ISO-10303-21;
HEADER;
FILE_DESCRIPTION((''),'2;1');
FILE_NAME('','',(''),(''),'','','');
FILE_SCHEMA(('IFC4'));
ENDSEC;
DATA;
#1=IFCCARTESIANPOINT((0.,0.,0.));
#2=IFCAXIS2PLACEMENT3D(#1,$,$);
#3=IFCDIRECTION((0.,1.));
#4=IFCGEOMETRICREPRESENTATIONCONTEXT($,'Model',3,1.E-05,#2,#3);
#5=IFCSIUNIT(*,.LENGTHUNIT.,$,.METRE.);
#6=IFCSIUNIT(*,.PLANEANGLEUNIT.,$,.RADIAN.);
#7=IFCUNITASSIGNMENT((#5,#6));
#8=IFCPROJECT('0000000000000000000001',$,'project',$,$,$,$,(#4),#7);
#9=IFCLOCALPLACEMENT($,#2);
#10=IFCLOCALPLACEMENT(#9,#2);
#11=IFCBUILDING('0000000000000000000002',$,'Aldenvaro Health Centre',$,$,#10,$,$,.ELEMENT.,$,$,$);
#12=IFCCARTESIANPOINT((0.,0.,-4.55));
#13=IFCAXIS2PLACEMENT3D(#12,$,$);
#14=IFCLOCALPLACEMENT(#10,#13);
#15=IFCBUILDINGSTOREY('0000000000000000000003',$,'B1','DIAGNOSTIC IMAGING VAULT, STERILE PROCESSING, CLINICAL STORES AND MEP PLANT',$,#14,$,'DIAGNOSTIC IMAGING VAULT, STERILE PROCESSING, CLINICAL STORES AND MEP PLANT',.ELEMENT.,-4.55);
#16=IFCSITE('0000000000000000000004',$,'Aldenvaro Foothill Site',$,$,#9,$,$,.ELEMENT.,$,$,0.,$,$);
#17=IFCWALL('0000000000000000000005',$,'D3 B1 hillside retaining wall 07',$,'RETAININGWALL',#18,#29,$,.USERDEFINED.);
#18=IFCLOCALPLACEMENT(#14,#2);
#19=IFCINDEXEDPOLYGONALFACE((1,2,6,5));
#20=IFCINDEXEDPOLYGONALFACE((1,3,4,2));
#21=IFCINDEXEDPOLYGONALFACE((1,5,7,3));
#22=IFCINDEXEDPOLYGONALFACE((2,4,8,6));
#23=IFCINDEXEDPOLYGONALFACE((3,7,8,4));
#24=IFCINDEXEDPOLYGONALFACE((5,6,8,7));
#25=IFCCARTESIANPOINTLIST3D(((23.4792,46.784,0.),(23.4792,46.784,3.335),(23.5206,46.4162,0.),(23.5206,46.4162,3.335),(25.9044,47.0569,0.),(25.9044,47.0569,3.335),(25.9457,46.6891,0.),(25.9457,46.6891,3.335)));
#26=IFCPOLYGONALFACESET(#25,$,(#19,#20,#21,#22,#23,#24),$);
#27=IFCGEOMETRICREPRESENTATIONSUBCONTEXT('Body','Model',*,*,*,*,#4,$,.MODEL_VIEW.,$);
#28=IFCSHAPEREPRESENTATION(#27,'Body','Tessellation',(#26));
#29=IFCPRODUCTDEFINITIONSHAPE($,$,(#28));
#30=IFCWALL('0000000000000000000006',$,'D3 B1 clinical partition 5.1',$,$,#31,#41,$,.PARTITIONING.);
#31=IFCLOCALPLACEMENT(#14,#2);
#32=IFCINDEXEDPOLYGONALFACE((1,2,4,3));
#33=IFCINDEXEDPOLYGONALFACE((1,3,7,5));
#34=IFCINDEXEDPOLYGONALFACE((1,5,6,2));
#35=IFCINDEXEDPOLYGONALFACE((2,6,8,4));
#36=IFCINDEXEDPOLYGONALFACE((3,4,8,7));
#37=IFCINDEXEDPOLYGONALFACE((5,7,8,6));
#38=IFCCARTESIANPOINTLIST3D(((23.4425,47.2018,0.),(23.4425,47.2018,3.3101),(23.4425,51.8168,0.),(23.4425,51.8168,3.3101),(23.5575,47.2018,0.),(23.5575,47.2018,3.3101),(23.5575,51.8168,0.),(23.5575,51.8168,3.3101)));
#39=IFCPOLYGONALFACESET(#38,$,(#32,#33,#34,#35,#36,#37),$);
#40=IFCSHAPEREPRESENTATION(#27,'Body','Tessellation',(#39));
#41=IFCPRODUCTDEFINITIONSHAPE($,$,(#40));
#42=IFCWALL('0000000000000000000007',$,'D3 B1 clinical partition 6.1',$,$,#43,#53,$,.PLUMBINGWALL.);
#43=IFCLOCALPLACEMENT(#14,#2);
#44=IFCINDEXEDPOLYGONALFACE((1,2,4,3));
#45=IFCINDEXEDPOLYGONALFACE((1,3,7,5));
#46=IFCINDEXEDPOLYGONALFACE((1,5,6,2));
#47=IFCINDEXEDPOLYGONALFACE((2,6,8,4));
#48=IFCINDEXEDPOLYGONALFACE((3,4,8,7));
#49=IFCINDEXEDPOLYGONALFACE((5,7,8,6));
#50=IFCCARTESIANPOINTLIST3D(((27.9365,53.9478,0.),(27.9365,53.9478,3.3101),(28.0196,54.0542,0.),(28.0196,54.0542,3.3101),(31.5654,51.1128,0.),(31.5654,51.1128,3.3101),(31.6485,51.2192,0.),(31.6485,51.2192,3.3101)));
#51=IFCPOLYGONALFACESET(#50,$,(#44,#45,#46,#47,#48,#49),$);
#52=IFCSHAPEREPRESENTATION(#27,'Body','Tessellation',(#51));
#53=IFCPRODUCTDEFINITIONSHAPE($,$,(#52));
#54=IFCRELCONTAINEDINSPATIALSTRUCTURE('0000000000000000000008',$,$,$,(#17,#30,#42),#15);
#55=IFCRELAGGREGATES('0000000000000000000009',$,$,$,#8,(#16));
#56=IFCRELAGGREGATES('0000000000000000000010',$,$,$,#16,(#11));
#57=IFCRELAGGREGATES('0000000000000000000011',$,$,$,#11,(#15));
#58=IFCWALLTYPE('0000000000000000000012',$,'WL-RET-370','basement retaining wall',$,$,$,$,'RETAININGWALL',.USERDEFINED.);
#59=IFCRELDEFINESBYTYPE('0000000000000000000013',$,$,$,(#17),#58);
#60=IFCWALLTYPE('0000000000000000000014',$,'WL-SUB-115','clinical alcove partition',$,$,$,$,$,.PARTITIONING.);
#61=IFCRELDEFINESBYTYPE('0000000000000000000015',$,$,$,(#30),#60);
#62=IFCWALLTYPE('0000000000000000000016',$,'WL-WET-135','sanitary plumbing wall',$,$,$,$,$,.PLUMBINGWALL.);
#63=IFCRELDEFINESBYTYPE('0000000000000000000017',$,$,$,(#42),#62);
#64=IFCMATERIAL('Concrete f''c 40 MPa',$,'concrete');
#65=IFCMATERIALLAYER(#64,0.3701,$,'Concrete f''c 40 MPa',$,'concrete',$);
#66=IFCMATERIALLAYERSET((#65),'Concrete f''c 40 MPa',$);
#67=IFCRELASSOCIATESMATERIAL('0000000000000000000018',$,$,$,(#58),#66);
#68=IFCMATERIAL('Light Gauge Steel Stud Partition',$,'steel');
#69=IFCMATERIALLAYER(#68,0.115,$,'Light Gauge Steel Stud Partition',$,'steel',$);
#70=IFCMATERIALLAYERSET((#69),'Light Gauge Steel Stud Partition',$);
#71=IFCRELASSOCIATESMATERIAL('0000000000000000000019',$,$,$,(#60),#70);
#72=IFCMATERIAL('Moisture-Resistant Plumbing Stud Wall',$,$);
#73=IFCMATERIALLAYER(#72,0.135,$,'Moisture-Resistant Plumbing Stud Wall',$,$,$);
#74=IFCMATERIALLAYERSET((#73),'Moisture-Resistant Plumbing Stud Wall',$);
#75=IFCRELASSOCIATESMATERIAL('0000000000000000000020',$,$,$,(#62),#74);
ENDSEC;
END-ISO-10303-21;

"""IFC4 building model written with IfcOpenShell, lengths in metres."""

from ifc_helpers import new_model, si_unit, direction, frame, frame_2d, origin, place, context, subcontext, project, spatial, rectangle, extrude, material, layer, layer_set, type_object, element, save


model = new_model("IFC4")

# Units and contexts
model_context = context("Model", 3, precision=1e-05, world=origin(), true_north=direction((0.0, 1.0)))
body_context = subcontext(model_context, "Body", "Model", "MODEL_VIEW")
ifc_project = project(units=[si_unit("LENGTHUNIT", "METRE"), si_unit("PLANEANGLEUNIT", "RADIAN")], contexts=[model_context])

# Site, building, storey
site_placement = place(None, origin())
site = spatial("IfcSite", under=ifc_project, at=site_placement, Name="Aldenvaro Foothill Site", CompositionType="ELEMENT", RefElevation=0.0)
building_placement = place(site_placement, origin())
building = spatial("IfcBuilding", under=site, at=building_placement, Name="Aldenvaro Health Centre", CompositionType="ELEMENT")
storey_placement = place(building_placement, frame((0.0, 0.0, -4.55)))
storey = spatial("IfcBuildingStorey", under=building, at=storey_placement, Name="B1", Description="DIAGNOSTIC IMAGING VAULT, STERILE PROCESSING, CLINICAL STORES AND MEP PLANT", LongName="DIAGNOSTIC IMAGING VAULT, STERILE PROCESSING, CLINICAL STORES AND MEP PLANT", CompositionType="ELEMENT", Elevation=-4.55)

# Shared definitions
ifc_material_1 = material(Name="Concrete f'c 40 MPa", Category="concrete")

# Walls
ifc_layer_1 = layer(ifc_material_1, 0.3701, Name="Concrete f'c 40 MPa", Category="concrete")
ifc_layer_set_1 = layer_set([ifc_layer_1], Name="Concrete f'c 40 MPa")
wall_type_1 = type_object("IfcWallType", Name="WL-RET-370", Description="basement retaining wall", ElementType="RETAININGWALL", PredefinedType="USERDEFINED", material=ifc_layer_set_1)
wall_1_placement = place(storey_placement, frame((25.925, 46.873, 0.0), z_axis=(0.0, 0.0, 1.0), x_axis=(-0.993725, -0.111848, 0.0)))
element("IfcWall", 1, at=wall_1_placement, inside=storey, type_object=wall_type_1, Name="D3 B1 hillside retaining wall 07", ObjectType="RETAININGWALL", PredefinedType="USERDEFINED", context=body_context, shape_type="SweptSolid", body=[
    extrude(rectangle(XDim=2.4404, YDim=0.3701, at=frame_2d((1.2202, 0.0))), origin(), (0.0, 0.0, 1.0), 3.335),
])
ifc_material_2 = material(Name="Light Gauge Steel Stud Partition", Category="steel")
ifc_layer_2 = layer(ifc_material_2, 0.115, Name="Light Gauge Steel Stud Partition", Category="steel")
ifc_layer_set_2 = layer_set([ifc_layer_2], Name="Light Gauge Steel Stud Partition")
wall_type_2 = type_object("IfcWallType", Name="WL-SUB-115", Description="clinical alcove partition", PredefinedType="PARTITIONING", material=ifc_layer_set_2)
wall_2_placement = place(storey_placement, frame((23.5, 51.8169, 0.0), z_axis=(0.0, 0.0, 1.0), x_axis=(0.0, -1.0, 0.0)))
element("IfcWall", 2, at=wall_2_placement, inside=storey, type_object=wall_type_2, Name="D3 B1 clinical partition 5.1", PredefinedType="PARTITIONING", context=body_context, shape_type="SweptSolid", body=[
    extrude(rectangle(XDim=4.615, YDim=0.115, at=frame_2d((2.3076, 0.0))), origin(), (0.0, 0.0, 1.0), 3.3101),
])
ifc_material_3 = material(Name="Moisture-Resistant Plumbing Stud Wall")
ifc_layer_3 = layer(ifc_material_3, 0.135, Name="Moisture-Resistant Plumbing Stud Wall")
ifc_layer_set_3 = layer_set([ifc_layer_3], Name="Moisture-Resistant Plumbing Stud Wall")
wall_type_3 = type_object("IfcWallType", Name="WL-WET-135", Description="sanitary plumbing wall", PredefinedType="PLUMBINGWALL", material=ifc_layer_set_3)
wall_3_placement = place(storey_placement, frame((27.978, 54.001, 0.0), z_axis=(0.0, 0.0, 1.0), x_axis=(0.788037, -0.615628, 0.0)))
element("IfcWall", 3, at=wall_3_placement, inside=storey, type_object=wall_type_3, Name="D3 B1 clinical partition 6.1", PredefinedType="PLUMBINGWALL", context=body_context, shape_type="SweptSolid", body=[
    extrude(rectangle(XDim=4.605, YDim=0.135, at=frame_2d((2.3025, 0.0))), origin(), (0.0, 0.0, 1.0), 3.3101),
])

save(model, "model.ifc")
